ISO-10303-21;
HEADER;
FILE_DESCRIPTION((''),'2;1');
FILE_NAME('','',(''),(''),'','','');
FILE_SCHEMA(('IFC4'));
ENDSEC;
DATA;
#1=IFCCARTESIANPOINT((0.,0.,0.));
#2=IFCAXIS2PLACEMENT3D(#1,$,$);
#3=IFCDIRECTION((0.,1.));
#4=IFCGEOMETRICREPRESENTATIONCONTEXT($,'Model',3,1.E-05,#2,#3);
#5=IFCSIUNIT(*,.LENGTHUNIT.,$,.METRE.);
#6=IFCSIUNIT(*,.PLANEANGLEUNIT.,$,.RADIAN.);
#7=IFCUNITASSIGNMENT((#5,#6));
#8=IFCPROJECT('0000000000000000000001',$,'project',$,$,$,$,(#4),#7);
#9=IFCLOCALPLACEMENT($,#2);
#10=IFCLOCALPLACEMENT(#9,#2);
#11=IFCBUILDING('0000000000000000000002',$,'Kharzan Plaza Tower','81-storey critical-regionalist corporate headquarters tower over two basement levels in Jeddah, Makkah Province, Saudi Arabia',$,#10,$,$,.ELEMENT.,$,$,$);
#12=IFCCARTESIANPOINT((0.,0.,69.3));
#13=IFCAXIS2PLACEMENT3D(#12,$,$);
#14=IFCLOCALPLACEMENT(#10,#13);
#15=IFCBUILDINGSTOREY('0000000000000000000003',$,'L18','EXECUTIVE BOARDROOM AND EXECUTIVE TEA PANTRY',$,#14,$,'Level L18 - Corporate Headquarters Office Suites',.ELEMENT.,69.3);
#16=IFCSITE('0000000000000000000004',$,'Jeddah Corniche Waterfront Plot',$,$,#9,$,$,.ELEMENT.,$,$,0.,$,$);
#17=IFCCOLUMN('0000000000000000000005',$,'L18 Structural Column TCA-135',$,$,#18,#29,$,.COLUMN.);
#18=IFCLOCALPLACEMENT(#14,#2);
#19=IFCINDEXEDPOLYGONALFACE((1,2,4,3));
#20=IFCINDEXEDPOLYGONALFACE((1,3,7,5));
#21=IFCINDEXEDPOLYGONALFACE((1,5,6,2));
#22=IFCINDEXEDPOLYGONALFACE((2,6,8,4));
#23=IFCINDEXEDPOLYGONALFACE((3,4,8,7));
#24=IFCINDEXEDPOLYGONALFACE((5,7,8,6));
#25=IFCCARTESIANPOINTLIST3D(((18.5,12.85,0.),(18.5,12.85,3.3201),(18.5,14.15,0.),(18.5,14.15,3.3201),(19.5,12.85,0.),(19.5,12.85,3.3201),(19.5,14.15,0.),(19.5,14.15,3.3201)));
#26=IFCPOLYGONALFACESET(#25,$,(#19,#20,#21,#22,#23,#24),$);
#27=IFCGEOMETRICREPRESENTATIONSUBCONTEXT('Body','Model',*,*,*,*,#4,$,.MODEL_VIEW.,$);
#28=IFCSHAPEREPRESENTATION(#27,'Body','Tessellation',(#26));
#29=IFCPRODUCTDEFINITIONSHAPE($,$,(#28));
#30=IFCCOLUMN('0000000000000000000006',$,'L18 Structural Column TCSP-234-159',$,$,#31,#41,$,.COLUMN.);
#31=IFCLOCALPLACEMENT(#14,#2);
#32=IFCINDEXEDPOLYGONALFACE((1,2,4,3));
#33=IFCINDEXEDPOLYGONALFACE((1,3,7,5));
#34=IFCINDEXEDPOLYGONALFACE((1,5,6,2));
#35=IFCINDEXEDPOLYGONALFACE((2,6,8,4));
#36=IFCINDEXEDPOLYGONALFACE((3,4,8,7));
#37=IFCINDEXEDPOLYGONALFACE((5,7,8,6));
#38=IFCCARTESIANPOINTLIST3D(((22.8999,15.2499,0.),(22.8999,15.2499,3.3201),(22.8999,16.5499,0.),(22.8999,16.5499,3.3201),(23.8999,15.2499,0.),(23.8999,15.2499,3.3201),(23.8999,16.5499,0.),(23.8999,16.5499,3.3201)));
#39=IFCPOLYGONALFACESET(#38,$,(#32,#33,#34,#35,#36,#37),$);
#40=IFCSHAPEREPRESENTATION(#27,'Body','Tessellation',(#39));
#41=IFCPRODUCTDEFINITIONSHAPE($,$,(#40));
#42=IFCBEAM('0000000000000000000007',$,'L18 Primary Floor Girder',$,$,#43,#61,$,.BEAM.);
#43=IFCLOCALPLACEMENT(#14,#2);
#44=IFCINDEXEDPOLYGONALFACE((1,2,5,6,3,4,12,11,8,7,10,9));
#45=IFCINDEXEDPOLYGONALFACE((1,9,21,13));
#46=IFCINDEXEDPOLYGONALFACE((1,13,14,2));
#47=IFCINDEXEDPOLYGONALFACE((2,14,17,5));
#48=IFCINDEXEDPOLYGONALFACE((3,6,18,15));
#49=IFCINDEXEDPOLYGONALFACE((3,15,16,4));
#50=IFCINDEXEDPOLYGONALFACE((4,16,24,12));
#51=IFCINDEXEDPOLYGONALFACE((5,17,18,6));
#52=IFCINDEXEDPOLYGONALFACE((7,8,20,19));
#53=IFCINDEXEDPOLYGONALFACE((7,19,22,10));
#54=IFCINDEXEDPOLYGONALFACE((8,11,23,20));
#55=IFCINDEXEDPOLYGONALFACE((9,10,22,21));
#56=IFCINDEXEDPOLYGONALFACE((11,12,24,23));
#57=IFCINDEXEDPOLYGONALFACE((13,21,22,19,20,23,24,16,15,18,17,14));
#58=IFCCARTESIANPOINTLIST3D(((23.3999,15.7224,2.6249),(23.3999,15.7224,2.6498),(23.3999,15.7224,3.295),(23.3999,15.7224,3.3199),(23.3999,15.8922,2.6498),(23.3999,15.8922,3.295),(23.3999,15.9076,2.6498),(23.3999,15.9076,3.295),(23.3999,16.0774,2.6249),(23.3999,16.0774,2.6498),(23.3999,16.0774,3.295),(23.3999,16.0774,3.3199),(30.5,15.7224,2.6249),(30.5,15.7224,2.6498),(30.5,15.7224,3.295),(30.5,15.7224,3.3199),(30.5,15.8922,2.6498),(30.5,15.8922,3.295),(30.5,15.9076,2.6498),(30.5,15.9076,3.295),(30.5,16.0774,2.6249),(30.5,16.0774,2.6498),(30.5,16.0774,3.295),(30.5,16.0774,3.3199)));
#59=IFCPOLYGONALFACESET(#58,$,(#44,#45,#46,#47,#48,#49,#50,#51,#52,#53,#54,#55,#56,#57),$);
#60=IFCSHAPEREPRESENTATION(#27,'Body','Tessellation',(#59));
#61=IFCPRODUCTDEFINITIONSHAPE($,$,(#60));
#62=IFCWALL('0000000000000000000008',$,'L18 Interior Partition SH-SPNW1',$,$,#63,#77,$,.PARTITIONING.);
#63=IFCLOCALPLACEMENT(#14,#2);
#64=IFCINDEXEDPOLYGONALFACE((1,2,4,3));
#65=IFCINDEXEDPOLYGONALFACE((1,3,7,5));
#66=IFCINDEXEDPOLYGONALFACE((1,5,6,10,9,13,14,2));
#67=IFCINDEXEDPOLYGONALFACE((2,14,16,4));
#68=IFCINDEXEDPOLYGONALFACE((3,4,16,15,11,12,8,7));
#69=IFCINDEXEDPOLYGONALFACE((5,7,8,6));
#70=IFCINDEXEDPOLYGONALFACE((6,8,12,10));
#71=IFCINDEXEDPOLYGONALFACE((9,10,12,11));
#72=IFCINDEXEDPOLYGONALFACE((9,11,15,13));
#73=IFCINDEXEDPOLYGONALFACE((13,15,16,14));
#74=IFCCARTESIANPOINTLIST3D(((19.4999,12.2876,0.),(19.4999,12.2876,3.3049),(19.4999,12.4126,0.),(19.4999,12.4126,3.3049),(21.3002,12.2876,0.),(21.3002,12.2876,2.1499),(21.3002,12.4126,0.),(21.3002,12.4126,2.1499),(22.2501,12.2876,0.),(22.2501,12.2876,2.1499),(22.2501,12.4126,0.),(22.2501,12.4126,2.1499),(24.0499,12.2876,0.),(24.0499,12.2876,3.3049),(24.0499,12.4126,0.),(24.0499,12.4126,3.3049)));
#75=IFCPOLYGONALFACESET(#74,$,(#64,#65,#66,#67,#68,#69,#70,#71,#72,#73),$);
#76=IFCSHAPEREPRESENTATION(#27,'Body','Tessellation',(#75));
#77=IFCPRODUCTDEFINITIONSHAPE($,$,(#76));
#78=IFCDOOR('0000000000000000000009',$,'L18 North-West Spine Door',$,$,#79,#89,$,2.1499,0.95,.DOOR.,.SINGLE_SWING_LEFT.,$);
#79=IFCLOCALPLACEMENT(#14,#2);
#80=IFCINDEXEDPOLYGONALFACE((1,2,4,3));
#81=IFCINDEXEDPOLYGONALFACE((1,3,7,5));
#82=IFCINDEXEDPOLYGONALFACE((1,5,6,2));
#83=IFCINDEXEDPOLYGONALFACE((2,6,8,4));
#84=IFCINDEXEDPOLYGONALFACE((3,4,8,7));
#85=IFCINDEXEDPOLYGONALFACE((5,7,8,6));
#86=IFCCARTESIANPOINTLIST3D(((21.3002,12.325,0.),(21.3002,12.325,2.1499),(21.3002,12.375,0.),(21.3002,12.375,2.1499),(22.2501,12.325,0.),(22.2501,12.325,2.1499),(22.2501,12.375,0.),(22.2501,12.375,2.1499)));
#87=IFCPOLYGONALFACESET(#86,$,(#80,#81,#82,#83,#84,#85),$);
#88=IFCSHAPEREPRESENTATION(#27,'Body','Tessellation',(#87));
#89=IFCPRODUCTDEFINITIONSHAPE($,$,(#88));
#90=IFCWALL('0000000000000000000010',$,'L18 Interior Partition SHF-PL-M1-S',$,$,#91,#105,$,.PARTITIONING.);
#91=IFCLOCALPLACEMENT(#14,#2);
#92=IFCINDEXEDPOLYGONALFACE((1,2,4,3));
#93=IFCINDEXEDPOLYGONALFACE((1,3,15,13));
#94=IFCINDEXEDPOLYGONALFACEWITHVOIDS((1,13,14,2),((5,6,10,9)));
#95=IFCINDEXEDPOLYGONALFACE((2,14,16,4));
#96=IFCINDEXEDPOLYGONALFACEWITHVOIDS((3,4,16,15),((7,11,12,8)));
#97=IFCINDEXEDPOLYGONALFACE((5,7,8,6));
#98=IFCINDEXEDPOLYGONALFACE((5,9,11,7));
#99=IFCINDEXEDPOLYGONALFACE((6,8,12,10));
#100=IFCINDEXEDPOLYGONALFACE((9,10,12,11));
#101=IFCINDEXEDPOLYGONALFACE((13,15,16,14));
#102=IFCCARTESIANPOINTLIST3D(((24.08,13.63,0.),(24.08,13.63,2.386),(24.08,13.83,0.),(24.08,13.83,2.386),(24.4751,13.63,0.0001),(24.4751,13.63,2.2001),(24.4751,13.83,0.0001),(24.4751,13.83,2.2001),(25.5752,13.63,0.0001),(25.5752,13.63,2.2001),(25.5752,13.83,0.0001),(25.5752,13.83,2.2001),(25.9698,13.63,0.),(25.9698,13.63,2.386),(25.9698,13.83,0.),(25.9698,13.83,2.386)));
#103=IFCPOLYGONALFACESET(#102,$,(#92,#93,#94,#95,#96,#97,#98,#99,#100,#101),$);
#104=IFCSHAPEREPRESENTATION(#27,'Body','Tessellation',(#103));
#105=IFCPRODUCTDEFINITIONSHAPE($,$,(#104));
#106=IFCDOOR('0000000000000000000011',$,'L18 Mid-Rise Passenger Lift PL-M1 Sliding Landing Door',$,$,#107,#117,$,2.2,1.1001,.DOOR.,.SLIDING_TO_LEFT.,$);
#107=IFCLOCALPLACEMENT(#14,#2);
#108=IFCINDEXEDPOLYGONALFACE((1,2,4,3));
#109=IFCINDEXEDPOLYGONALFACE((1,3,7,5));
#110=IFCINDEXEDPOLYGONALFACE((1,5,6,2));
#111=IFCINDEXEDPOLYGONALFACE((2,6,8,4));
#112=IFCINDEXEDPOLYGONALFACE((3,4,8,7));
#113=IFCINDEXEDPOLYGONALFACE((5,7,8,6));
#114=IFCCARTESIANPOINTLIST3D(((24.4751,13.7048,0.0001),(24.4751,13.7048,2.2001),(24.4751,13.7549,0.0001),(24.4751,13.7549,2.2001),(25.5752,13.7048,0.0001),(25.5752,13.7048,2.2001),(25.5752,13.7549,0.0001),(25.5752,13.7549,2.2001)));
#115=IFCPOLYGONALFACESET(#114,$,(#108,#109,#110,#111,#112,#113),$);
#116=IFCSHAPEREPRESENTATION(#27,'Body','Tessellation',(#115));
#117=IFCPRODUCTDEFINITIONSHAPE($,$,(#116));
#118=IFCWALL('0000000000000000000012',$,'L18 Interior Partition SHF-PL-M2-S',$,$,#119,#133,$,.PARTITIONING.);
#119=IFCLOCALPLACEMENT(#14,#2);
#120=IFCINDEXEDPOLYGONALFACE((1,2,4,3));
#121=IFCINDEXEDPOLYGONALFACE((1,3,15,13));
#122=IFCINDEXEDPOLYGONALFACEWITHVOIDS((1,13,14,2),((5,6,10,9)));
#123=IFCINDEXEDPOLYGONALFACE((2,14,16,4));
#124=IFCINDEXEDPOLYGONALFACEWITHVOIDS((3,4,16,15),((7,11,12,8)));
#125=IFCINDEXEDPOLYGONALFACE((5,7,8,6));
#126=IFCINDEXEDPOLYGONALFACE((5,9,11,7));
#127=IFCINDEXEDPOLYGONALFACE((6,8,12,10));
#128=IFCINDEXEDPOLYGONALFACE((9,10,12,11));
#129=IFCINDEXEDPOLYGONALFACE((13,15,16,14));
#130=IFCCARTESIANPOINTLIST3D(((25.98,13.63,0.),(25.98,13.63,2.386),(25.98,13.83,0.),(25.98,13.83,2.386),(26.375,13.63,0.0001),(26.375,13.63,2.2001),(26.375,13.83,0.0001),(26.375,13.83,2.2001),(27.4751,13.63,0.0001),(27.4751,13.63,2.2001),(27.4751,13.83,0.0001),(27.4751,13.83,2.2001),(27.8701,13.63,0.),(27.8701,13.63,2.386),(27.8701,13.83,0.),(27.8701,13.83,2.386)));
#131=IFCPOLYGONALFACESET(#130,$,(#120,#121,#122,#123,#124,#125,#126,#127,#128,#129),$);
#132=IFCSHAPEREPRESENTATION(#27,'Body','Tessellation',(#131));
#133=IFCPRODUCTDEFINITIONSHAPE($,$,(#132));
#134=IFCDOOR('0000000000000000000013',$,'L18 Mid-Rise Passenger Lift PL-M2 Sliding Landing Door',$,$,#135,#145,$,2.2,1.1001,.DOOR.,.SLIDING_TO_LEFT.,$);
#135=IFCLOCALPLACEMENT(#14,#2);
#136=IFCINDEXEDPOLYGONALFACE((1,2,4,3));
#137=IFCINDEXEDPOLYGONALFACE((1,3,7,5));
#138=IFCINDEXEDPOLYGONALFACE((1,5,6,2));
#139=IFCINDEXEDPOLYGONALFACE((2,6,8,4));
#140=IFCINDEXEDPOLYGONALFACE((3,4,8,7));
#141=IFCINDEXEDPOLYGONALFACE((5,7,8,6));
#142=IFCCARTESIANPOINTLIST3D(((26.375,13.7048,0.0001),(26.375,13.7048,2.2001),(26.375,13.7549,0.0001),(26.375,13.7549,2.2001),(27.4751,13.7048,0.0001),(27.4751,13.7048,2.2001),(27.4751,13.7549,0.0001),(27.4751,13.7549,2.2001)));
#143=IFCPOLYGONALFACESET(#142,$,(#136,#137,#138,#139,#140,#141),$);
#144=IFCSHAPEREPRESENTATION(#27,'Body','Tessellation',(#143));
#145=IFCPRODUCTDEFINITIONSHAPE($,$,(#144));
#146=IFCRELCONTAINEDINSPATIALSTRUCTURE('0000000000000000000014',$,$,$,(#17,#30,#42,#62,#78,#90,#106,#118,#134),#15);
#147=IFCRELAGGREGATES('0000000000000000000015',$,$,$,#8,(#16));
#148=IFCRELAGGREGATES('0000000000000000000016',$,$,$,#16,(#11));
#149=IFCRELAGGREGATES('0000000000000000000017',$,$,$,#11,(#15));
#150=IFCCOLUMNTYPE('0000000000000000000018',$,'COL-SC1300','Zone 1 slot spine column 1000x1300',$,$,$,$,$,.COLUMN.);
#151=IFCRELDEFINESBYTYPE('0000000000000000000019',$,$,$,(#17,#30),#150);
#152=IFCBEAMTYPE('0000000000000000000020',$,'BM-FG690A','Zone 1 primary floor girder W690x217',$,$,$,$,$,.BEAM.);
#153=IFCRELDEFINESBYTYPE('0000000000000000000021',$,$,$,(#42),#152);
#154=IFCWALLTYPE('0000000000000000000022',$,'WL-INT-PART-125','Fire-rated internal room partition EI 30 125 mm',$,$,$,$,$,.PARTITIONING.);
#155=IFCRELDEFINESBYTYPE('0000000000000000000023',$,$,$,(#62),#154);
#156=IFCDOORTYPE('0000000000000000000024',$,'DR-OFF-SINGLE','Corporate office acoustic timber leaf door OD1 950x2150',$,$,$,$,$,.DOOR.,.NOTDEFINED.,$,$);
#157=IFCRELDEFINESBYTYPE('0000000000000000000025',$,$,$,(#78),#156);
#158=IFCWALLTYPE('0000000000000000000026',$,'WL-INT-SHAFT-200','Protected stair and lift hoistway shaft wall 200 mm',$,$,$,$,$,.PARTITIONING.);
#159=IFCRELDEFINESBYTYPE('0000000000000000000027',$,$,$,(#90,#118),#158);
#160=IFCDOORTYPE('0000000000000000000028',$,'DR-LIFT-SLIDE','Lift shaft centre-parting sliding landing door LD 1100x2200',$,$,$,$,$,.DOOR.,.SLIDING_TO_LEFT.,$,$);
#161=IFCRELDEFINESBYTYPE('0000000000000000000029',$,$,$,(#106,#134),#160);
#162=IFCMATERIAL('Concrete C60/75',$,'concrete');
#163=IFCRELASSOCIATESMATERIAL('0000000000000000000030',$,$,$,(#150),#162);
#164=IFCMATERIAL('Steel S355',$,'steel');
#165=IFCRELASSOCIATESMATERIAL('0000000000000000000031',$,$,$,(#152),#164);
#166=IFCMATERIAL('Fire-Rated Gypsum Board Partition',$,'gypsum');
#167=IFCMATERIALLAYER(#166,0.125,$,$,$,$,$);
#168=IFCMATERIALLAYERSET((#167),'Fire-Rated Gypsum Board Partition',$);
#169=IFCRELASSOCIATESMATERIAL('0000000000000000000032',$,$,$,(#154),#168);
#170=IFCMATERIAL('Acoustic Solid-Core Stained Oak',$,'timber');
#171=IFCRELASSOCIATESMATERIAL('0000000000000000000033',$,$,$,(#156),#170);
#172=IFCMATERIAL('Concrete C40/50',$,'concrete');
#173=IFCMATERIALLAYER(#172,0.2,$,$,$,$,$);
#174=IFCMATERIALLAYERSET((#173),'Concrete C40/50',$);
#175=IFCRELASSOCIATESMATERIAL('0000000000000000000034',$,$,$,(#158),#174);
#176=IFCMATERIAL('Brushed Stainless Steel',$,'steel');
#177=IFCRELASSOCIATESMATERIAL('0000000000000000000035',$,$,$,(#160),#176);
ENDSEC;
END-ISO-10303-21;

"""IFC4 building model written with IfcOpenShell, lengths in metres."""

from ifc_helpers import new_model, si_unit, direction, frame, frame_2d, origin, origin_2d, place, context, subcontext, project, spatial, rectangle, i_section, extrude, source, transform, mapped, material, layer, layer_set, material_profile, profile_set, type_object, element, fill, save


model = new_model("IFC4")

# Units and contexts
model_context = context("Model", 3, precision=1e-05, world=origin(), true_north=direction((0.0, 1.0)))
body_context = subcontext(model_context, "Body", "Model", "MODEL_VIEW")
ifc_project = project(units=[si_unit("LENGTHUNIT", "METRE"), si_unit("PLANEANGLEUNIT", "RADIAN")], contexts=[model_context])

# Site, building, storey
site_placement = place(None, origin())
site = spatial("IfcSite", under=ifc_project, at=site_placement, Name="Jeddah Corniche Waterfront Plot", CompositionType="ELEMENT", RefElevation=0.0)
building_placement = place(site_placement, origin())
building = spatial("IfcBuilding", under=site, at=building_placement, Name="Kharzan Plaza Tower", Description="81-storey critical-regionalist corporate headquarters tower over two basement levels in Jeddah, Makkah Province, Saudi Arabia", CompositionType="ELEMENT")
storey_placement = place(building_placement, frame((0.0, 0.0, 69.3)))
storey = spatial("IfcBuildingStorey", under=building, at=storey_placement, Name="L18", Description="EXECUTIVE BOARDROOM AND EXECUTIVE TEA PANTRY", LongName="Level L18 - Corporate Headquarters Office Suites", CompositionType="ELEMENT", Elevation=69.3)

# Columns
ifc_material_1 = material(Name="Concrete C60/75", Category="concrete")
ifc_material_profile_1 = material_profile(ifc_material_1, rectangle(XDim=1.0, YDim=1.3, at=origin_2d()), Name="RC-SC1300x1000")
ifc_profile_set_1 = profile_set([ifc_material_profile_1], Name="Concrete C60/75")
column_type = type_object("IfcColumnType", Name="COL-SC1300", Description="Zone 1 slot spine column 1000x1300", PredefinedType="COLUMN", material=ifc_profile_set_1)
shared_shape_1 = source(origin(), body_context, "Body", "SweptSolid", [
    extrude(rectangle(XDim=1.0, YDim=1.3, at=origin_2d()), origin(), (0.0, 0.0, 1.0), 3.3201),
])
for number, where, z_axis, x_axis, name in (
    (1, (19.0, 13.5, 0.0), (0.0, 0.0, 1.0), (1.0, 0.0, 0.0), "L18 Structural Column TCA-135"),
    (2, (23.3999, 15.8999, 0.0), (0.0, 0.0, 1.0), (1.0, 0.0, 0.0), "L18 Structural Column TCSP-234-159"),
):
    element("IfcColumn", number, at=place(storey_placement, frame(where, z_axis=z_axis, x_axis=x_axis)), inside=storey, type_object=column_type, Name=name, PredefinedType="COLUMN", context=body_context, shape_type="MappedRepresentation", body=[
        mapped(shared_shape_1, transform((0.0, 0.0, 0.0), x_axis=(1.0, 0.0, 0.0), y_axis=(0.0, 1.0, 0.0), z_axis=(0.0, 0.0, 1.0))),
    ])

# Beam
ifc_material_2 = material(Name="Steel S355", Category="steel")
ifc_material_profile_2 = material_profile(ifc_material_2, i_section(OverallWidth=0.355, OverallDepth=0.6951, WebThickness=0.0154, FlangeThickness=0.0249, at=origin_2d()), Name="W690x217")
ifc_profile_set_2 = profile_set([ifc_material_profile_2], Name="Steel S355")
beam_type = type_object("IfcBeamType", Name="BM-FG690A", Description="Zone 1 primary floor girder W690x217", PredefinedType="BEAM", material=ifc_profile_set_2)
shared_shape_2 = source(origin(), body_context, "Body", "SweptSolid", [
    extrude(i_section(OverallWidth=0.355, OverallDepth=0.6951, WebThickness=0.0154, FlangeThickness=0.0249, at=origin_2d()), origin(), (0.0, 0.0, 1.0), 7.1001),
])
beam_placement = place(storey_placement, frame((23.3999, 15.8999, 2.9724), z_axis=(1.0, 0.0, 0.0), x_axis=(0.0, 1.0, 0.0)))
element("IfcBeam", 3, at=beam_placement, inside=storey, type_object=beam_type, Name="L18 Primary Floor Girder", PredefinedType="BEAM", context=body_context, shape_type="MappedRepresentation", body=[
    mapped(shared_shape_2, transform((0.0, 0.0, 0.0), x_axis=(1.0, 0.0, 0.0), y_axis=(0.0, 1.0, 0.0), z_axis=(0.0, 0.0, 1.0))),
])

# Walls, openings, doors
ifc_material_3 = material(Name="Fire-Rated Gypsum Board Partition", Category="gypsum")
ifc_layer_1 = layer(ifc_material_3, 0.125)
ifc_layer_set_1 = layer_set([ifc_layer_1], Name="Fire-Rated Gypsum Board Partition")
wall_type_1 = type_object("IfcWallType", Name="WL-INT-PART-125", Description="Fire-rated internal room partition EI 30 125 mm", PredefinedType="PARTITIONING", material=ifc_layer_set_1)
wall_1_placement = place(storey_placement, frame((19.5, 12.3501, 0.0), z_axis=(0.0, 0.0, 1.0), x_axis=(1.0, 0.0, 0.0)))
wall_1 = element("IfcWall", 4, at=wall_1_placement, inside=storey, type_object=wall_type_1, Name="L18 Interior Partition SH-SPNW1", PredefinedType="PARTITIONING", context=body_context, shape_type="SweptSolid", body=[
    extrude(rectangle(XDim=4.55, YDim=0.125, at=frame_2d((2.2749, 0.0))), origin(), (0.0, 0.0, 1.0), 3.3049),
])
opening_1_placement = place(wall_1_placement, frame((1.8, 0.0, 0.0)))
opening_1 = element("IfcOpeningElement", 5, at=opening_1_placement, cuts=wall_1, PredefinedType="OPENING", context=body_context, shape_type="SweptSolid", body=[
    extrude(rectangle(XDim=0.95, YDim=2.1499, at=frame_2d((0.4751, 1.075))), frame((0.0, 0.0725, 0.0), z_axis=(0.0, -1.0, 0.0), x_axis=(1.0, 0.0, 0.0)), (0.0, 0.0, 1.0), 0.145),
])
ifc_material_4 = material(Name="Acoustic Solid-Core Stained Oak", Category="timber")
door_type_1 = type_object("IfcDoorType", Name="DR-OFF-SINGLE", Description="Corporate office acoustic timber leaf door OD1 950x2150", OperationType="NOTDEFINED", PredefinedType="DOOR", material=ifc_material_4)
shared_shape_3 = source(origin(), body_context, "Body", "SweptSolid", [
    extrude(rectangle(XDim=0.95, YDim=2.1499, at=frame_2d((0.4751, 1.075))), frame((0.0, 0.0249, 0.0), z_axis=(0.0, -1.0, 0.0), x_axis=(1.0, 0.0, 0.0)), (0.0, 0.0, 1.0), 0.05),
])
door_1_placement = place(opening_1_placement, origin())
door_1 = element("IfcDoor", 6, at=door_1_placement, inside=storey, type_object=door_type_1, Name="L18 North-West Spine Door", OperationType="SINGLE_SWING_LEFT", OverallHeight=2.1499, OverallWidth=0.95, PredefinedType="DOOR", context=body_context, shape_type="MappedRepresentation", body=[
    mapped(shared_shape_3, transform((0.0, 0.0, 0.0), x_axis=(1.0, 0.0, 0.0), y_axis=(0.0, 1.0, 0.0), z_axis=(0.0, 0.0, 1.0))),
])
fill(opening_1, door_1)
ifc_material_5 = material(Name="Concrete C40/50", Category="concrete")
ifc_layer_2 = layer(ifc_material_5, 0.2)
ifc_layer_set_2 = layer_set([ifc_layer_2], Name="Concrete C40/50")
wall_type_2 = type_object("IfcWallType", Name="WL-INT-SHAFT-200", Description="Protected stair and lift hoistway shaft wall 200 mm", PredefinedType="PARTITIONING", material=ifc_layer_set_2)
wall_2_placement = place(storey_placement, frame((24.0801, 13.73, 0.0), z_axis=(0.0, 0.0, 1.0), x_axis=(1.0, 0.0, 0.0)))
wall_2 = element("IfcWall", 7, at=wall_2_placement, inside=storey, type_object=wall_type_2, Name="L18 Interior Partition SHF-PL-M1-S", PredefinedType="PARTITIONING", context=body_context, shape_type="SweptSolid", body=[
    extrude(rectangle(XDim=1.8899, YDim=0.2, at=frame_2d((0.9448, 0.0))), origin(), (0.0, 0.0, 1.0), 2.386),
])
opening_2_placement = place(wall_2_placement, frame((0.395, 0.0, 0.0)))
opening_2 = element("IfcOpeningElement", 8, at=opening_2_placement, cuts=wall_2, PredefinedType="OPENING", context=body_context, shape_type="SweptSolid", body=[
    extrude(rectangle(XDim=1.1001, YDim=2.2, at=frame_2d((0.55, 1.1001))), frame((0.0, 0.1099, 0.0), z_axis=(0.0, -1.0, 0.0), x_axis=(1.0, 0.0, 0.0)), (0.0, 0.0, 1.0), 0.22),
])
ifc_material_6 = material(Name="Brushed Stainless Steel", Category="steel")
door_type_2 = type_object("IfcDoorType", Name="DR-LIFT-SLIDE", Description="Lift shaft centre-parting sliding landing door LD 1100x2200", OperationType="SLIDING_TO_LEFT", PredefinedType="DOOR", material=ifc_material_6)
shared_shape_4 = source(origin(), body_context, "Body", "SweptSolid", [
    extrude(rectangle(XDim=1.1001, YDim=2.2, at=frame_2d((0.55, 1.1001))), frame((0.0, 0.0249, 0.0), z_axis=(0.0, -1.0, 0.0), x_axis=(1.0, 0.0, 0.0)), (0.0, 0.0, 1.0), 0.05),
])
door_2_placement = place(opening_2_placement, origin())
door_2 = element("IfcDoor", 9, at=door_2_placement, inside=storey, type_object=door_type_2, Name="L18 Mid-Rise Passenger Lift PL-M1 Sliding Landing Door", OperationType="SLIDING_TO_LEFT", OverallHeight=2.2, OverallWidth=1.1001, PredefinedType="DOOR", context=body_context, shape_type="MappedRepresentation", body=[
    mapped(shared_shape_4, transform((0.0, 0.0, 0.0), x_axis=(1.0, 0.0, 0.0), y_axis=(0.0, 1.0, 0.0), z_axis=(0.0, 0.0, 1.0))),
])
fill(opening_2, door_2)
wall_3_placement = place(storey_placement, frame((25.98, 13.73, 0.0), z_axis=(0.0, 0.0, 1.0), x_axis=(1.0, 0.0, 0.0)))
wall_3 = element("IfcWall", 10, at=wall_3_placement, inside=storey, type_object=wall_type_2, Name="L18 Interior Partition SHF-PL-M2-S", PredefinedType="PARTITIONING", context=body_context, shape_type="SweptSolid", body=[
    extrude(rectangle(XDim=1.8901, YDim=0.2, at=frame_2d((0.9451, 0.0))), origin(), (0.0, 0.0, 1.0), 2.386),
])
opening_3_placement = place(wall_3_placement, frame((0.395, 0.0, 0.0)))
opening_3 = element("IfcOpeningElement", 11, at=opening_3_placement, cuts=wall_3, PredefinedType="OPENING", context=body_context, shape_type="SweptSolid", body=[
    extrude(rectangle(XDim=1.1001, YDim=2.2, at=frame_2d((0.55, 1.1001))), frame((0.0, 0.1099, 0.0), z_axis=(0.0, -1.0, 0.0), x_axis=(1.0, 0.0, 0.0)), (0.0, 0.0, 1.0), 0.22),
])
door_3_placement = place(opening_3_placement, origin())
door_3 = element("IfcDoor", 12, at=door_3_placement, inside=storey, type_object=door_type_2, Name="L18 Mid-Rise Passenger Lift PL-M2 Sliding Landing Door", OperationType="SLIDING_TO_LEFT", OverallHeight=2.2, OverallWidth=1.1001, PredefinedType="DOOR", context=body_context, shape_type="MappedRepresentation", body=[
    mapped(shared_shape_4, transform((0.0, 0.0, 0.0), x_axis=(1.0, 0.0, 0.0), y_axis=(0.0, 1.0, 0.0), z_axis=(0.0, 0.0, 1.0))),
])
fill(opening_3, door_3)

save(model, "model.ifc")
